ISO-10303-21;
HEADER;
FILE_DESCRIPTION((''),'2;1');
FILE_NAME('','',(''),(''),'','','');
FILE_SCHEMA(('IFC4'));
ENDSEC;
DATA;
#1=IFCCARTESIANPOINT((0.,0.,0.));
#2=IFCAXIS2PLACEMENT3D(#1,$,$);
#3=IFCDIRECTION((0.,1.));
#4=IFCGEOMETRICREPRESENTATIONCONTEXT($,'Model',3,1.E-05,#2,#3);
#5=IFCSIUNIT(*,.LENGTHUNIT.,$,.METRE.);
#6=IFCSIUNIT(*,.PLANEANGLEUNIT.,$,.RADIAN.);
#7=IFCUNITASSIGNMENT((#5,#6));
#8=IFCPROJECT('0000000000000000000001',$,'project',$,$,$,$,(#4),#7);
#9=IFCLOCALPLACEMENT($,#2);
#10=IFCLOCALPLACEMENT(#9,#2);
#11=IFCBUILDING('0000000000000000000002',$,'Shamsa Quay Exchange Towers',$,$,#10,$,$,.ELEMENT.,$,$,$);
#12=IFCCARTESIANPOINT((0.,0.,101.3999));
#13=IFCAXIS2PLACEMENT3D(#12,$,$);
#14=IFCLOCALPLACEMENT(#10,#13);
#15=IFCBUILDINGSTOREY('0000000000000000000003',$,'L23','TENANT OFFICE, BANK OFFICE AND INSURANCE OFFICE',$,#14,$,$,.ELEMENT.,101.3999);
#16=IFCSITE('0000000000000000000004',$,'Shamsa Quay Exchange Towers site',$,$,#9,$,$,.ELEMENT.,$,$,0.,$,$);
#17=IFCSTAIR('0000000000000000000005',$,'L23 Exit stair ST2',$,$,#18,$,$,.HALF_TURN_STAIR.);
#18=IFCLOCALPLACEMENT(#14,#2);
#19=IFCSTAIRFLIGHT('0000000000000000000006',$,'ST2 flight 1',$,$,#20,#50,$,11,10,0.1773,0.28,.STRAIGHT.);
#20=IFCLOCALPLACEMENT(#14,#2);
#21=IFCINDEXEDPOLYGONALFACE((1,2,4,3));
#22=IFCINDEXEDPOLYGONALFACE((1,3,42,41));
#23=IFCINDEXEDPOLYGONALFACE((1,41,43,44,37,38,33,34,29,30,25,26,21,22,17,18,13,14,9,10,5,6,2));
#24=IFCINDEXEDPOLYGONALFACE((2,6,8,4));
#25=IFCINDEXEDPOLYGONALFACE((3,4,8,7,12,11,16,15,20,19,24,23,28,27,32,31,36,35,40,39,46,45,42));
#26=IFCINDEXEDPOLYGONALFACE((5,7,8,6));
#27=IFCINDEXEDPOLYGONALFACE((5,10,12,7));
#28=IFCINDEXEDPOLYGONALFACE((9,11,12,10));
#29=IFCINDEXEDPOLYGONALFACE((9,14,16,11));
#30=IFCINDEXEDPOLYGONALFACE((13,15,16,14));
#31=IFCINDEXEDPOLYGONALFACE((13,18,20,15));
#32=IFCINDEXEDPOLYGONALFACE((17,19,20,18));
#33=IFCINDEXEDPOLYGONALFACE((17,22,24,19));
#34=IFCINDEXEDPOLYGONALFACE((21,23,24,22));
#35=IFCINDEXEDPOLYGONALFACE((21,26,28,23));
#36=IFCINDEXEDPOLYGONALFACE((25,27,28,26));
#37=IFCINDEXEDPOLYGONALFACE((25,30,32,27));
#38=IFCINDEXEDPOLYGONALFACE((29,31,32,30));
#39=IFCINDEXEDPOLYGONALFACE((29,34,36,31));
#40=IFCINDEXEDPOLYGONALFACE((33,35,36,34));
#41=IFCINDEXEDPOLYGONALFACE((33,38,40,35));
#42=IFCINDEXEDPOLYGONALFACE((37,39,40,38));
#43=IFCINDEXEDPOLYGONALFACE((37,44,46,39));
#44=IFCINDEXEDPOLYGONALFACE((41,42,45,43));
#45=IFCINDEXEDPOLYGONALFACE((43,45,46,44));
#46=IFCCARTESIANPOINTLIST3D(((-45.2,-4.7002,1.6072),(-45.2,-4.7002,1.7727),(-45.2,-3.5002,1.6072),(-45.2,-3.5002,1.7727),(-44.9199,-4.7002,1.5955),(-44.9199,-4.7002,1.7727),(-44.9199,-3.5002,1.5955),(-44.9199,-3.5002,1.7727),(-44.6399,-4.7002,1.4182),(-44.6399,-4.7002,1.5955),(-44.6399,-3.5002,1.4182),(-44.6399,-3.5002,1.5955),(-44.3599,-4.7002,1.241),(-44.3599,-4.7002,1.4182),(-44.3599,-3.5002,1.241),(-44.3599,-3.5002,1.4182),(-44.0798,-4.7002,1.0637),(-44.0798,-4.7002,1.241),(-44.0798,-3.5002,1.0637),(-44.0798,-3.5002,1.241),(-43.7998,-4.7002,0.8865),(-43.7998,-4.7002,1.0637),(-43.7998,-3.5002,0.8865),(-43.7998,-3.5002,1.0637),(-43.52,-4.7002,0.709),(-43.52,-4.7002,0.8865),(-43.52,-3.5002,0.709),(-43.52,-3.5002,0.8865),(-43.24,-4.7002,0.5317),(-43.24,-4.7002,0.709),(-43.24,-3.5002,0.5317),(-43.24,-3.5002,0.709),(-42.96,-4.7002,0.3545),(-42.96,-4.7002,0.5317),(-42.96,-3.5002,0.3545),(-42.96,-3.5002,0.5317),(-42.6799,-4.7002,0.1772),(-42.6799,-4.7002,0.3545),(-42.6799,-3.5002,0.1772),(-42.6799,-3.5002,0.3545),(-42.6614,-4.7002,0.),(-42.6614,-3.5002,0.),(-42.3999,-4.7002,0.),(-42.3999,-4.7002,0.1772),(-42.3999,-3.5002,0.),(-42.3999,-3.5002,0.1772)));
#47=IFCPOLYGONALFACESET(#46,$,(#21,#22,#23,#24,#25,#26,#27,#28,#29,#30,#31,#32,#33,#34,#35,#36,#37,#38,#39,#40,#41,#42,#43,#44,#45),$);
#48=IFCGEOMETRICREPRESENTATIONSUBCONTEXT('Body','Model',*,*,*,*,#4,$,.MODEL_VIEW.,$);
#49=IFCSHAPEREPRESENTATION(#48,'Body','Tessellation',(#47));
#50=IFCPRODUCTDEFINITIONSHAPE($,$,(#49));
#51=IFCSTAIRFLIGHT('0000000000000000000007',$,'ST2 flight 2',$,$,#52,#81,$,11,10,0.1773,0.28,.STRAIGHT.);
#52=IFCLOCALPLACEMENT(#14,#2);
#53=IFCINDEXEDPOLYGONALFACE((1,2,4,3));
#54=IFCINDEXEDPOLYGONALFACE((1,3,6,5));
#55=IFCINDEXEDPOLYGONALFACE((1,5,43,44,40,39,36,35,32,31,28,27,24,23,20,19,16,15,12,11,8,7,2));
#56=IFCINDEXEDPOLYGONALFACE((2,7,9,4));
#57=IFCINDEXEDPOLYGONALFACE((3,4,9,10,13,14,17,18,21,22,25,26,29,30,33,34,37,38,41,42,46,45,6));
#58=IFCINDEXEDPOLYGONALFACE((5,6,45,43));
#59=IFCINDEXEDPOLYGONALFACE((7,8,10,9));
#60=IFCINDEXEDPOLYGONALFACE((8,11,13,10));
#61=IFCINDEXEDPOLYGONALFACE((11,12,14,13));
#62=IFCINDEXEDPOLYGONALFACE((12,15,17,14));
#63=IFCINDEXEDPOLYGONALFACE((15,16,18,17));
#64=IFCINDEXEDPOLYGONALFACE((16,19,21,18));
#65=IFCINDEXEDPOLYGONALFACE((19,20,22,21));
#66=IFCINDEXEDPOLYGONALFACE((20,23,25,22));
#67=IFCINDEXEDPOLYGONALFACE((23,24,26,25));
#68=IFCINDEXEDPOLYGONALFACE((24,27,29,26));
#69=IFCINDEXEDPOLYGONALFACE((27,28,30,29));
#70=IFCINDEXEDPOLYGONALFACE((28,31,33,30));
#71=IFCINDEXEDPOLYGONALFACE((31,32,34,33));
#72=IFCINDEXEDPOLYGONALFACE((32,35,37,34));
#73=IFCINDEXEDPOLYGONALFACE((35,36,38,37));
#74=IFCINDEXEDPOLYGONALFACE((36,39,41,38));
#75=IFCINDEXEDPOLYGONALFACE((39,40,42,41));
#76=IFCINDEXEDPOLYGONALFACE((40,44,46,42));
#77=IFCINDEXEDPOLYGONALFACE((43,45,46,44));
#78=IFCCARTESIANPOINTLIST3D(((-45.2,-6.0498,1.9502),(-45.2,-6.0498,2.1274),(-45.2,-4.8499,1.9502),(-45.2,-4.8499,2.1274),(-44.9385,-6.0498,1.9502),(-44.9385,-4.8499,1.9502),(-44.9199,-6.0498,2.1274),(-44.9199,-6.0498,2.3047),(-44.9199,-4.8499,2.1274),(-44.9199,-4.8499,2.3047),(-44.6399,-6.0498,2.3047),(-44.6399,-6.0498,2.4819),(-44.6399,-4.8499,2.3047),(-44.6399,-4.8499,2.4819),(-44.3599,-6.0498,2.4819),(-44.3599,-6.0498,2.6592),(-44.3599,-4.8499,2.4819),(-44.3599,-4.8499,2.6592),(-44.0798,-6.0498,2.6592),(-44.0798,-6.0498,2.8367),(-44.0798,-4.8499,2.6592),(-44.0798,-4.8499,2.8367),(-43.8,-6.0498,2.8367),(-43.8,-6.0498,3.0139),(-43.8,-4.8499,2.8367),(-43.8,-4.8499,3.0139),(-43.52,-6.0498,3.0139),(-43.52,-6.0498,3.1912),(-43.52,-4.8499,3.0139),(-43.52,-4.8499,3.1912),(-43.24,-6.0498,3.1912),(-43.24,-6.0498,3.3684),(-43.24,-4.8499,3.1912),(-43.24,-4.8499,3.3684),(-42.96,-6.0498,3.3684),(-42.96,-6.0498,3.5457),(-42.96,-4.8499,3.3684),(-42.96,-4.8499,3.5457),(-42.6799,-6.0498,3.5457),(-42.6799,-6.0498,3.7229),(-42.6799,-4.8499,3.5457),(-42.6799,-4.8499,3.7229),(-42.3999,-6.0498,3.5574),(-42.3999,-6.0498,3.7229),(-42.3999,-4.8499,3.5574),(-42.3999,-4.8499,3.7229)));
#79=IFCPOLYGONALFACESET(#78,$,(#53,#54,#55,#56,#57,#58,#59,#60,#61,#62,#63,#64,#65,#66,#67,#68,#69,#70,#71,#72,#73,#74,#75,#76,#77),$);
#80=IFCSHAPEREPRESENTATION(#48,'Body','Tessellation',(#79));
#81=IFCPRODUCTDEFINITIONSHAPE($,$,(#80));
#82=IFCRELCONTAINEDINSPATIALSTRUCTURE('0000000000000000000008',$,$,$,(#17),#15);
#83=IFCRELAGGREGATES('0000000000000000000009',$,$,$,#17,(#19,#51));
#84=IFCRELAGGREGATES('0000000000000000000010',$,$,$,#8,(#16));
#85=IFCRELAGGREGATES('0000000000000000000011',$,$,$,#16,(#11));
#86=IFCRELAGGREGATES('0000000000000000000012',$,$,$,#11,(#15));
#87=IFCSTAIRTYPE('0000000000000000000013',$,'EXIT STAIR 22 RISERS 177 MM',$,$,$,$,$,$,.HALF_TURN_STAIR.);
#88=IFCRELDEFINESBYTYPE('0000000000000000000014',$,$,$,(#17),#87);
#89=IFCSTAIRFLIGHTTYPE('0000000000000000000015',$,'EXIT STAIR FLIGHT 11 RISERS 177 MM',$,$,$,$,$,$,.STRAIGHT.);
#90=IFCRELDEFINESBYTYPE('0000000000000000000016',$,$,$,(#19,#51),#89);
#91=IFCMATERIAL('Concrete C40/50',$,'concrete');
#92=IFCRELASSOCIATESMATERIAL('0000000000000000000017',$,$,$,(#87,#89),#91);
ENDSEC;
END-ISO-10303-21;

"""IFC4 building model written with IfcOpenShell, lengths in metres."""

from ifc_helpers import new_model, si_unit, direction, frame, origin, place, context, subcontext, project, spatial, polyline, outline, extrude, material, type_object, element, aggregate, save


model = new_model("IFC4")

# Units and contexts
model_context = context("Model", 3, precision=1e-05, world=origin(), true_north=direction((0.0, 1.0)))
body_context = subcontext(model_context, "Body", "Model", "MODEL_VIEW")
ifc_project = project(units=[si_unit("LENGTHUNIT", "METRE"), si_unit("PLANEANGLEUNIT", "RADIAN")], contexts=[model_context])

# Site, building, storey
site_placement = place(None, origin())
site = spatial("IfcSite", under=ifc_project, at=site_placement, Name="Shamsa Quay Exchange Towers site", CompositionType="ELEMENT", RefElevation=0.0)
building_placement = place(site_placement, origin())
building = spatial("IfcBuilding", under=site, at=building_placement, Name="Shamsa Quay Exchange Towers", CompositionType="ELEMENT")
storey_placement = place(building_placement, frame((0.0, 0.0, 101.3999)))
storey = spatial("IfcBuildingStorey", under=building, at=storey_placement, Name="L23", Description="TENANT OFFICE, BANK OFFICE AND INSURANCE OFFICE", CompositionType="ELEMENT", Elevation=101.3999)

# Stair, stair flights
ifc_material_1 = material(Name="Concrete C40/50", Category="concrete")
stair_type = type_object("IfcStairType", Name="EXIT STAIR 22 RISERS 177 MM", PredefinedType="HALF_TURN_STAIR", material=ifc_material_1)
stair_placement = place(storey_placement, origin())
stair = element("IfcStair", 1, at=stair_placement, inside=storey, type_object=stair_type, Name="L23 Exit stair ST2", PredefinedType="HALF_TURN_STAIR")
stair_flight_type = type_object("IfcStairFlightType", Name="EXIT STAIR FLIGHT 11 RISERS 177 MM", PredefinedType="STRAIGHT", material=ifc_material_1)
stair_flight_1_placement = place(storey_placement, frame((-42.3999, -4.1001, 0.0), z_axis=(0.0, 0.0, 1.0), x_axis=(-1.0, 0.0, 0.0)))
stair_flight_1 = element("IfcStairFlight", 2, at=stair_flight_1_placement, type_object=stair_flight_type, Name="ST2 flight 1", NumberOfRisers=11, NumberOfTreads=10, PredefinedType="STRAIGHT", RiserHeight=0.1773, TreadLength=0.28, context=body_context, shape_type="SweptSolid", body=[
    extrude(outline(polyline([(0.0, 0.0), (0.0, 0.1772), (0.28, 0.1772), (0.28, 0.3545), (0.5601, 0.3545), (0.5601, 0.5317), (0.8401, 0.5317), (0.8401, 0.709), (1.1201, 0.709), (1.1201, 0.8865), (1.3999, 0.8865), (1.3999, 1.0637), (1.6799, 1.0637), (1.6799, 1.241), (1.96, 1.241), (1.96, 1.4182), (2.24, 1.4182), (2.24, 1.5955), (2.52, 1.5955), (2.52, 1.7727), (2.8, 1.7727), (2.8, 1.95), (2.8, 1.6072), (0.2615, 0.0), (0.0, 0.0)])), frame((0.0, 0.6001, 0.0), z_axis=(0.0, -1.0, 0.0), x_axis=(1.0, 0.0, 0.0)), (0.0, 0.0, 1.0), 1.2),
])
stair_flight_2_placement = place(storey_placement, frame((-45.2, -5.45, 1.9502)))
stair_flight_2 = element("IfcStairFlight", 3, at=stair_flight_2_placement, type_object=stair_flight_type, Name="ST2 flight 2", NumberOfRisers=11, NumberOfTreads=10, PredefinedType="STRAIGHT", RiserHeight=0.1773, TreadLength=0.28, context=body_context, shape_type="SweptSolid", body=[
    extrude(outline(polyline([(0.0, 0.0), (0.0, 0.1772), (0.28, 0.1772), (0.28, 0.3545), (0.5601, 0.3545), (0.5601, 0.5317), (0.8401, 0.5317), (0.8401, 0.709), (1.1201, 0.709), (1.1201, 0.8865), (1.3999, 0.8865), (1.3999, 1.0637), (1.6799, 1.0637), (1.6799, 1.241), (1.96, 1.241), (1.96, 1.4182), (2.24, 1.4182), (2.24, 1.5955), (2.52, 1.5955), (2.52, 1.7727), (2.8, 1.7727), (2.8, 1.95), (2.8, 1.6072), (0.2615, 0.0), (0.0, 0.0)])), frame((0.0, 0.6001, 0.0), z_axis=(0.0, -1.0, 0.0), x_axis=(1.0, 0.0, 0.0)), (0.0, 0.0, 1.0), 1.2),
])
aggregate(stair, [stair_flight_1, stair_flight_2])

save(model, "model.ifc")
